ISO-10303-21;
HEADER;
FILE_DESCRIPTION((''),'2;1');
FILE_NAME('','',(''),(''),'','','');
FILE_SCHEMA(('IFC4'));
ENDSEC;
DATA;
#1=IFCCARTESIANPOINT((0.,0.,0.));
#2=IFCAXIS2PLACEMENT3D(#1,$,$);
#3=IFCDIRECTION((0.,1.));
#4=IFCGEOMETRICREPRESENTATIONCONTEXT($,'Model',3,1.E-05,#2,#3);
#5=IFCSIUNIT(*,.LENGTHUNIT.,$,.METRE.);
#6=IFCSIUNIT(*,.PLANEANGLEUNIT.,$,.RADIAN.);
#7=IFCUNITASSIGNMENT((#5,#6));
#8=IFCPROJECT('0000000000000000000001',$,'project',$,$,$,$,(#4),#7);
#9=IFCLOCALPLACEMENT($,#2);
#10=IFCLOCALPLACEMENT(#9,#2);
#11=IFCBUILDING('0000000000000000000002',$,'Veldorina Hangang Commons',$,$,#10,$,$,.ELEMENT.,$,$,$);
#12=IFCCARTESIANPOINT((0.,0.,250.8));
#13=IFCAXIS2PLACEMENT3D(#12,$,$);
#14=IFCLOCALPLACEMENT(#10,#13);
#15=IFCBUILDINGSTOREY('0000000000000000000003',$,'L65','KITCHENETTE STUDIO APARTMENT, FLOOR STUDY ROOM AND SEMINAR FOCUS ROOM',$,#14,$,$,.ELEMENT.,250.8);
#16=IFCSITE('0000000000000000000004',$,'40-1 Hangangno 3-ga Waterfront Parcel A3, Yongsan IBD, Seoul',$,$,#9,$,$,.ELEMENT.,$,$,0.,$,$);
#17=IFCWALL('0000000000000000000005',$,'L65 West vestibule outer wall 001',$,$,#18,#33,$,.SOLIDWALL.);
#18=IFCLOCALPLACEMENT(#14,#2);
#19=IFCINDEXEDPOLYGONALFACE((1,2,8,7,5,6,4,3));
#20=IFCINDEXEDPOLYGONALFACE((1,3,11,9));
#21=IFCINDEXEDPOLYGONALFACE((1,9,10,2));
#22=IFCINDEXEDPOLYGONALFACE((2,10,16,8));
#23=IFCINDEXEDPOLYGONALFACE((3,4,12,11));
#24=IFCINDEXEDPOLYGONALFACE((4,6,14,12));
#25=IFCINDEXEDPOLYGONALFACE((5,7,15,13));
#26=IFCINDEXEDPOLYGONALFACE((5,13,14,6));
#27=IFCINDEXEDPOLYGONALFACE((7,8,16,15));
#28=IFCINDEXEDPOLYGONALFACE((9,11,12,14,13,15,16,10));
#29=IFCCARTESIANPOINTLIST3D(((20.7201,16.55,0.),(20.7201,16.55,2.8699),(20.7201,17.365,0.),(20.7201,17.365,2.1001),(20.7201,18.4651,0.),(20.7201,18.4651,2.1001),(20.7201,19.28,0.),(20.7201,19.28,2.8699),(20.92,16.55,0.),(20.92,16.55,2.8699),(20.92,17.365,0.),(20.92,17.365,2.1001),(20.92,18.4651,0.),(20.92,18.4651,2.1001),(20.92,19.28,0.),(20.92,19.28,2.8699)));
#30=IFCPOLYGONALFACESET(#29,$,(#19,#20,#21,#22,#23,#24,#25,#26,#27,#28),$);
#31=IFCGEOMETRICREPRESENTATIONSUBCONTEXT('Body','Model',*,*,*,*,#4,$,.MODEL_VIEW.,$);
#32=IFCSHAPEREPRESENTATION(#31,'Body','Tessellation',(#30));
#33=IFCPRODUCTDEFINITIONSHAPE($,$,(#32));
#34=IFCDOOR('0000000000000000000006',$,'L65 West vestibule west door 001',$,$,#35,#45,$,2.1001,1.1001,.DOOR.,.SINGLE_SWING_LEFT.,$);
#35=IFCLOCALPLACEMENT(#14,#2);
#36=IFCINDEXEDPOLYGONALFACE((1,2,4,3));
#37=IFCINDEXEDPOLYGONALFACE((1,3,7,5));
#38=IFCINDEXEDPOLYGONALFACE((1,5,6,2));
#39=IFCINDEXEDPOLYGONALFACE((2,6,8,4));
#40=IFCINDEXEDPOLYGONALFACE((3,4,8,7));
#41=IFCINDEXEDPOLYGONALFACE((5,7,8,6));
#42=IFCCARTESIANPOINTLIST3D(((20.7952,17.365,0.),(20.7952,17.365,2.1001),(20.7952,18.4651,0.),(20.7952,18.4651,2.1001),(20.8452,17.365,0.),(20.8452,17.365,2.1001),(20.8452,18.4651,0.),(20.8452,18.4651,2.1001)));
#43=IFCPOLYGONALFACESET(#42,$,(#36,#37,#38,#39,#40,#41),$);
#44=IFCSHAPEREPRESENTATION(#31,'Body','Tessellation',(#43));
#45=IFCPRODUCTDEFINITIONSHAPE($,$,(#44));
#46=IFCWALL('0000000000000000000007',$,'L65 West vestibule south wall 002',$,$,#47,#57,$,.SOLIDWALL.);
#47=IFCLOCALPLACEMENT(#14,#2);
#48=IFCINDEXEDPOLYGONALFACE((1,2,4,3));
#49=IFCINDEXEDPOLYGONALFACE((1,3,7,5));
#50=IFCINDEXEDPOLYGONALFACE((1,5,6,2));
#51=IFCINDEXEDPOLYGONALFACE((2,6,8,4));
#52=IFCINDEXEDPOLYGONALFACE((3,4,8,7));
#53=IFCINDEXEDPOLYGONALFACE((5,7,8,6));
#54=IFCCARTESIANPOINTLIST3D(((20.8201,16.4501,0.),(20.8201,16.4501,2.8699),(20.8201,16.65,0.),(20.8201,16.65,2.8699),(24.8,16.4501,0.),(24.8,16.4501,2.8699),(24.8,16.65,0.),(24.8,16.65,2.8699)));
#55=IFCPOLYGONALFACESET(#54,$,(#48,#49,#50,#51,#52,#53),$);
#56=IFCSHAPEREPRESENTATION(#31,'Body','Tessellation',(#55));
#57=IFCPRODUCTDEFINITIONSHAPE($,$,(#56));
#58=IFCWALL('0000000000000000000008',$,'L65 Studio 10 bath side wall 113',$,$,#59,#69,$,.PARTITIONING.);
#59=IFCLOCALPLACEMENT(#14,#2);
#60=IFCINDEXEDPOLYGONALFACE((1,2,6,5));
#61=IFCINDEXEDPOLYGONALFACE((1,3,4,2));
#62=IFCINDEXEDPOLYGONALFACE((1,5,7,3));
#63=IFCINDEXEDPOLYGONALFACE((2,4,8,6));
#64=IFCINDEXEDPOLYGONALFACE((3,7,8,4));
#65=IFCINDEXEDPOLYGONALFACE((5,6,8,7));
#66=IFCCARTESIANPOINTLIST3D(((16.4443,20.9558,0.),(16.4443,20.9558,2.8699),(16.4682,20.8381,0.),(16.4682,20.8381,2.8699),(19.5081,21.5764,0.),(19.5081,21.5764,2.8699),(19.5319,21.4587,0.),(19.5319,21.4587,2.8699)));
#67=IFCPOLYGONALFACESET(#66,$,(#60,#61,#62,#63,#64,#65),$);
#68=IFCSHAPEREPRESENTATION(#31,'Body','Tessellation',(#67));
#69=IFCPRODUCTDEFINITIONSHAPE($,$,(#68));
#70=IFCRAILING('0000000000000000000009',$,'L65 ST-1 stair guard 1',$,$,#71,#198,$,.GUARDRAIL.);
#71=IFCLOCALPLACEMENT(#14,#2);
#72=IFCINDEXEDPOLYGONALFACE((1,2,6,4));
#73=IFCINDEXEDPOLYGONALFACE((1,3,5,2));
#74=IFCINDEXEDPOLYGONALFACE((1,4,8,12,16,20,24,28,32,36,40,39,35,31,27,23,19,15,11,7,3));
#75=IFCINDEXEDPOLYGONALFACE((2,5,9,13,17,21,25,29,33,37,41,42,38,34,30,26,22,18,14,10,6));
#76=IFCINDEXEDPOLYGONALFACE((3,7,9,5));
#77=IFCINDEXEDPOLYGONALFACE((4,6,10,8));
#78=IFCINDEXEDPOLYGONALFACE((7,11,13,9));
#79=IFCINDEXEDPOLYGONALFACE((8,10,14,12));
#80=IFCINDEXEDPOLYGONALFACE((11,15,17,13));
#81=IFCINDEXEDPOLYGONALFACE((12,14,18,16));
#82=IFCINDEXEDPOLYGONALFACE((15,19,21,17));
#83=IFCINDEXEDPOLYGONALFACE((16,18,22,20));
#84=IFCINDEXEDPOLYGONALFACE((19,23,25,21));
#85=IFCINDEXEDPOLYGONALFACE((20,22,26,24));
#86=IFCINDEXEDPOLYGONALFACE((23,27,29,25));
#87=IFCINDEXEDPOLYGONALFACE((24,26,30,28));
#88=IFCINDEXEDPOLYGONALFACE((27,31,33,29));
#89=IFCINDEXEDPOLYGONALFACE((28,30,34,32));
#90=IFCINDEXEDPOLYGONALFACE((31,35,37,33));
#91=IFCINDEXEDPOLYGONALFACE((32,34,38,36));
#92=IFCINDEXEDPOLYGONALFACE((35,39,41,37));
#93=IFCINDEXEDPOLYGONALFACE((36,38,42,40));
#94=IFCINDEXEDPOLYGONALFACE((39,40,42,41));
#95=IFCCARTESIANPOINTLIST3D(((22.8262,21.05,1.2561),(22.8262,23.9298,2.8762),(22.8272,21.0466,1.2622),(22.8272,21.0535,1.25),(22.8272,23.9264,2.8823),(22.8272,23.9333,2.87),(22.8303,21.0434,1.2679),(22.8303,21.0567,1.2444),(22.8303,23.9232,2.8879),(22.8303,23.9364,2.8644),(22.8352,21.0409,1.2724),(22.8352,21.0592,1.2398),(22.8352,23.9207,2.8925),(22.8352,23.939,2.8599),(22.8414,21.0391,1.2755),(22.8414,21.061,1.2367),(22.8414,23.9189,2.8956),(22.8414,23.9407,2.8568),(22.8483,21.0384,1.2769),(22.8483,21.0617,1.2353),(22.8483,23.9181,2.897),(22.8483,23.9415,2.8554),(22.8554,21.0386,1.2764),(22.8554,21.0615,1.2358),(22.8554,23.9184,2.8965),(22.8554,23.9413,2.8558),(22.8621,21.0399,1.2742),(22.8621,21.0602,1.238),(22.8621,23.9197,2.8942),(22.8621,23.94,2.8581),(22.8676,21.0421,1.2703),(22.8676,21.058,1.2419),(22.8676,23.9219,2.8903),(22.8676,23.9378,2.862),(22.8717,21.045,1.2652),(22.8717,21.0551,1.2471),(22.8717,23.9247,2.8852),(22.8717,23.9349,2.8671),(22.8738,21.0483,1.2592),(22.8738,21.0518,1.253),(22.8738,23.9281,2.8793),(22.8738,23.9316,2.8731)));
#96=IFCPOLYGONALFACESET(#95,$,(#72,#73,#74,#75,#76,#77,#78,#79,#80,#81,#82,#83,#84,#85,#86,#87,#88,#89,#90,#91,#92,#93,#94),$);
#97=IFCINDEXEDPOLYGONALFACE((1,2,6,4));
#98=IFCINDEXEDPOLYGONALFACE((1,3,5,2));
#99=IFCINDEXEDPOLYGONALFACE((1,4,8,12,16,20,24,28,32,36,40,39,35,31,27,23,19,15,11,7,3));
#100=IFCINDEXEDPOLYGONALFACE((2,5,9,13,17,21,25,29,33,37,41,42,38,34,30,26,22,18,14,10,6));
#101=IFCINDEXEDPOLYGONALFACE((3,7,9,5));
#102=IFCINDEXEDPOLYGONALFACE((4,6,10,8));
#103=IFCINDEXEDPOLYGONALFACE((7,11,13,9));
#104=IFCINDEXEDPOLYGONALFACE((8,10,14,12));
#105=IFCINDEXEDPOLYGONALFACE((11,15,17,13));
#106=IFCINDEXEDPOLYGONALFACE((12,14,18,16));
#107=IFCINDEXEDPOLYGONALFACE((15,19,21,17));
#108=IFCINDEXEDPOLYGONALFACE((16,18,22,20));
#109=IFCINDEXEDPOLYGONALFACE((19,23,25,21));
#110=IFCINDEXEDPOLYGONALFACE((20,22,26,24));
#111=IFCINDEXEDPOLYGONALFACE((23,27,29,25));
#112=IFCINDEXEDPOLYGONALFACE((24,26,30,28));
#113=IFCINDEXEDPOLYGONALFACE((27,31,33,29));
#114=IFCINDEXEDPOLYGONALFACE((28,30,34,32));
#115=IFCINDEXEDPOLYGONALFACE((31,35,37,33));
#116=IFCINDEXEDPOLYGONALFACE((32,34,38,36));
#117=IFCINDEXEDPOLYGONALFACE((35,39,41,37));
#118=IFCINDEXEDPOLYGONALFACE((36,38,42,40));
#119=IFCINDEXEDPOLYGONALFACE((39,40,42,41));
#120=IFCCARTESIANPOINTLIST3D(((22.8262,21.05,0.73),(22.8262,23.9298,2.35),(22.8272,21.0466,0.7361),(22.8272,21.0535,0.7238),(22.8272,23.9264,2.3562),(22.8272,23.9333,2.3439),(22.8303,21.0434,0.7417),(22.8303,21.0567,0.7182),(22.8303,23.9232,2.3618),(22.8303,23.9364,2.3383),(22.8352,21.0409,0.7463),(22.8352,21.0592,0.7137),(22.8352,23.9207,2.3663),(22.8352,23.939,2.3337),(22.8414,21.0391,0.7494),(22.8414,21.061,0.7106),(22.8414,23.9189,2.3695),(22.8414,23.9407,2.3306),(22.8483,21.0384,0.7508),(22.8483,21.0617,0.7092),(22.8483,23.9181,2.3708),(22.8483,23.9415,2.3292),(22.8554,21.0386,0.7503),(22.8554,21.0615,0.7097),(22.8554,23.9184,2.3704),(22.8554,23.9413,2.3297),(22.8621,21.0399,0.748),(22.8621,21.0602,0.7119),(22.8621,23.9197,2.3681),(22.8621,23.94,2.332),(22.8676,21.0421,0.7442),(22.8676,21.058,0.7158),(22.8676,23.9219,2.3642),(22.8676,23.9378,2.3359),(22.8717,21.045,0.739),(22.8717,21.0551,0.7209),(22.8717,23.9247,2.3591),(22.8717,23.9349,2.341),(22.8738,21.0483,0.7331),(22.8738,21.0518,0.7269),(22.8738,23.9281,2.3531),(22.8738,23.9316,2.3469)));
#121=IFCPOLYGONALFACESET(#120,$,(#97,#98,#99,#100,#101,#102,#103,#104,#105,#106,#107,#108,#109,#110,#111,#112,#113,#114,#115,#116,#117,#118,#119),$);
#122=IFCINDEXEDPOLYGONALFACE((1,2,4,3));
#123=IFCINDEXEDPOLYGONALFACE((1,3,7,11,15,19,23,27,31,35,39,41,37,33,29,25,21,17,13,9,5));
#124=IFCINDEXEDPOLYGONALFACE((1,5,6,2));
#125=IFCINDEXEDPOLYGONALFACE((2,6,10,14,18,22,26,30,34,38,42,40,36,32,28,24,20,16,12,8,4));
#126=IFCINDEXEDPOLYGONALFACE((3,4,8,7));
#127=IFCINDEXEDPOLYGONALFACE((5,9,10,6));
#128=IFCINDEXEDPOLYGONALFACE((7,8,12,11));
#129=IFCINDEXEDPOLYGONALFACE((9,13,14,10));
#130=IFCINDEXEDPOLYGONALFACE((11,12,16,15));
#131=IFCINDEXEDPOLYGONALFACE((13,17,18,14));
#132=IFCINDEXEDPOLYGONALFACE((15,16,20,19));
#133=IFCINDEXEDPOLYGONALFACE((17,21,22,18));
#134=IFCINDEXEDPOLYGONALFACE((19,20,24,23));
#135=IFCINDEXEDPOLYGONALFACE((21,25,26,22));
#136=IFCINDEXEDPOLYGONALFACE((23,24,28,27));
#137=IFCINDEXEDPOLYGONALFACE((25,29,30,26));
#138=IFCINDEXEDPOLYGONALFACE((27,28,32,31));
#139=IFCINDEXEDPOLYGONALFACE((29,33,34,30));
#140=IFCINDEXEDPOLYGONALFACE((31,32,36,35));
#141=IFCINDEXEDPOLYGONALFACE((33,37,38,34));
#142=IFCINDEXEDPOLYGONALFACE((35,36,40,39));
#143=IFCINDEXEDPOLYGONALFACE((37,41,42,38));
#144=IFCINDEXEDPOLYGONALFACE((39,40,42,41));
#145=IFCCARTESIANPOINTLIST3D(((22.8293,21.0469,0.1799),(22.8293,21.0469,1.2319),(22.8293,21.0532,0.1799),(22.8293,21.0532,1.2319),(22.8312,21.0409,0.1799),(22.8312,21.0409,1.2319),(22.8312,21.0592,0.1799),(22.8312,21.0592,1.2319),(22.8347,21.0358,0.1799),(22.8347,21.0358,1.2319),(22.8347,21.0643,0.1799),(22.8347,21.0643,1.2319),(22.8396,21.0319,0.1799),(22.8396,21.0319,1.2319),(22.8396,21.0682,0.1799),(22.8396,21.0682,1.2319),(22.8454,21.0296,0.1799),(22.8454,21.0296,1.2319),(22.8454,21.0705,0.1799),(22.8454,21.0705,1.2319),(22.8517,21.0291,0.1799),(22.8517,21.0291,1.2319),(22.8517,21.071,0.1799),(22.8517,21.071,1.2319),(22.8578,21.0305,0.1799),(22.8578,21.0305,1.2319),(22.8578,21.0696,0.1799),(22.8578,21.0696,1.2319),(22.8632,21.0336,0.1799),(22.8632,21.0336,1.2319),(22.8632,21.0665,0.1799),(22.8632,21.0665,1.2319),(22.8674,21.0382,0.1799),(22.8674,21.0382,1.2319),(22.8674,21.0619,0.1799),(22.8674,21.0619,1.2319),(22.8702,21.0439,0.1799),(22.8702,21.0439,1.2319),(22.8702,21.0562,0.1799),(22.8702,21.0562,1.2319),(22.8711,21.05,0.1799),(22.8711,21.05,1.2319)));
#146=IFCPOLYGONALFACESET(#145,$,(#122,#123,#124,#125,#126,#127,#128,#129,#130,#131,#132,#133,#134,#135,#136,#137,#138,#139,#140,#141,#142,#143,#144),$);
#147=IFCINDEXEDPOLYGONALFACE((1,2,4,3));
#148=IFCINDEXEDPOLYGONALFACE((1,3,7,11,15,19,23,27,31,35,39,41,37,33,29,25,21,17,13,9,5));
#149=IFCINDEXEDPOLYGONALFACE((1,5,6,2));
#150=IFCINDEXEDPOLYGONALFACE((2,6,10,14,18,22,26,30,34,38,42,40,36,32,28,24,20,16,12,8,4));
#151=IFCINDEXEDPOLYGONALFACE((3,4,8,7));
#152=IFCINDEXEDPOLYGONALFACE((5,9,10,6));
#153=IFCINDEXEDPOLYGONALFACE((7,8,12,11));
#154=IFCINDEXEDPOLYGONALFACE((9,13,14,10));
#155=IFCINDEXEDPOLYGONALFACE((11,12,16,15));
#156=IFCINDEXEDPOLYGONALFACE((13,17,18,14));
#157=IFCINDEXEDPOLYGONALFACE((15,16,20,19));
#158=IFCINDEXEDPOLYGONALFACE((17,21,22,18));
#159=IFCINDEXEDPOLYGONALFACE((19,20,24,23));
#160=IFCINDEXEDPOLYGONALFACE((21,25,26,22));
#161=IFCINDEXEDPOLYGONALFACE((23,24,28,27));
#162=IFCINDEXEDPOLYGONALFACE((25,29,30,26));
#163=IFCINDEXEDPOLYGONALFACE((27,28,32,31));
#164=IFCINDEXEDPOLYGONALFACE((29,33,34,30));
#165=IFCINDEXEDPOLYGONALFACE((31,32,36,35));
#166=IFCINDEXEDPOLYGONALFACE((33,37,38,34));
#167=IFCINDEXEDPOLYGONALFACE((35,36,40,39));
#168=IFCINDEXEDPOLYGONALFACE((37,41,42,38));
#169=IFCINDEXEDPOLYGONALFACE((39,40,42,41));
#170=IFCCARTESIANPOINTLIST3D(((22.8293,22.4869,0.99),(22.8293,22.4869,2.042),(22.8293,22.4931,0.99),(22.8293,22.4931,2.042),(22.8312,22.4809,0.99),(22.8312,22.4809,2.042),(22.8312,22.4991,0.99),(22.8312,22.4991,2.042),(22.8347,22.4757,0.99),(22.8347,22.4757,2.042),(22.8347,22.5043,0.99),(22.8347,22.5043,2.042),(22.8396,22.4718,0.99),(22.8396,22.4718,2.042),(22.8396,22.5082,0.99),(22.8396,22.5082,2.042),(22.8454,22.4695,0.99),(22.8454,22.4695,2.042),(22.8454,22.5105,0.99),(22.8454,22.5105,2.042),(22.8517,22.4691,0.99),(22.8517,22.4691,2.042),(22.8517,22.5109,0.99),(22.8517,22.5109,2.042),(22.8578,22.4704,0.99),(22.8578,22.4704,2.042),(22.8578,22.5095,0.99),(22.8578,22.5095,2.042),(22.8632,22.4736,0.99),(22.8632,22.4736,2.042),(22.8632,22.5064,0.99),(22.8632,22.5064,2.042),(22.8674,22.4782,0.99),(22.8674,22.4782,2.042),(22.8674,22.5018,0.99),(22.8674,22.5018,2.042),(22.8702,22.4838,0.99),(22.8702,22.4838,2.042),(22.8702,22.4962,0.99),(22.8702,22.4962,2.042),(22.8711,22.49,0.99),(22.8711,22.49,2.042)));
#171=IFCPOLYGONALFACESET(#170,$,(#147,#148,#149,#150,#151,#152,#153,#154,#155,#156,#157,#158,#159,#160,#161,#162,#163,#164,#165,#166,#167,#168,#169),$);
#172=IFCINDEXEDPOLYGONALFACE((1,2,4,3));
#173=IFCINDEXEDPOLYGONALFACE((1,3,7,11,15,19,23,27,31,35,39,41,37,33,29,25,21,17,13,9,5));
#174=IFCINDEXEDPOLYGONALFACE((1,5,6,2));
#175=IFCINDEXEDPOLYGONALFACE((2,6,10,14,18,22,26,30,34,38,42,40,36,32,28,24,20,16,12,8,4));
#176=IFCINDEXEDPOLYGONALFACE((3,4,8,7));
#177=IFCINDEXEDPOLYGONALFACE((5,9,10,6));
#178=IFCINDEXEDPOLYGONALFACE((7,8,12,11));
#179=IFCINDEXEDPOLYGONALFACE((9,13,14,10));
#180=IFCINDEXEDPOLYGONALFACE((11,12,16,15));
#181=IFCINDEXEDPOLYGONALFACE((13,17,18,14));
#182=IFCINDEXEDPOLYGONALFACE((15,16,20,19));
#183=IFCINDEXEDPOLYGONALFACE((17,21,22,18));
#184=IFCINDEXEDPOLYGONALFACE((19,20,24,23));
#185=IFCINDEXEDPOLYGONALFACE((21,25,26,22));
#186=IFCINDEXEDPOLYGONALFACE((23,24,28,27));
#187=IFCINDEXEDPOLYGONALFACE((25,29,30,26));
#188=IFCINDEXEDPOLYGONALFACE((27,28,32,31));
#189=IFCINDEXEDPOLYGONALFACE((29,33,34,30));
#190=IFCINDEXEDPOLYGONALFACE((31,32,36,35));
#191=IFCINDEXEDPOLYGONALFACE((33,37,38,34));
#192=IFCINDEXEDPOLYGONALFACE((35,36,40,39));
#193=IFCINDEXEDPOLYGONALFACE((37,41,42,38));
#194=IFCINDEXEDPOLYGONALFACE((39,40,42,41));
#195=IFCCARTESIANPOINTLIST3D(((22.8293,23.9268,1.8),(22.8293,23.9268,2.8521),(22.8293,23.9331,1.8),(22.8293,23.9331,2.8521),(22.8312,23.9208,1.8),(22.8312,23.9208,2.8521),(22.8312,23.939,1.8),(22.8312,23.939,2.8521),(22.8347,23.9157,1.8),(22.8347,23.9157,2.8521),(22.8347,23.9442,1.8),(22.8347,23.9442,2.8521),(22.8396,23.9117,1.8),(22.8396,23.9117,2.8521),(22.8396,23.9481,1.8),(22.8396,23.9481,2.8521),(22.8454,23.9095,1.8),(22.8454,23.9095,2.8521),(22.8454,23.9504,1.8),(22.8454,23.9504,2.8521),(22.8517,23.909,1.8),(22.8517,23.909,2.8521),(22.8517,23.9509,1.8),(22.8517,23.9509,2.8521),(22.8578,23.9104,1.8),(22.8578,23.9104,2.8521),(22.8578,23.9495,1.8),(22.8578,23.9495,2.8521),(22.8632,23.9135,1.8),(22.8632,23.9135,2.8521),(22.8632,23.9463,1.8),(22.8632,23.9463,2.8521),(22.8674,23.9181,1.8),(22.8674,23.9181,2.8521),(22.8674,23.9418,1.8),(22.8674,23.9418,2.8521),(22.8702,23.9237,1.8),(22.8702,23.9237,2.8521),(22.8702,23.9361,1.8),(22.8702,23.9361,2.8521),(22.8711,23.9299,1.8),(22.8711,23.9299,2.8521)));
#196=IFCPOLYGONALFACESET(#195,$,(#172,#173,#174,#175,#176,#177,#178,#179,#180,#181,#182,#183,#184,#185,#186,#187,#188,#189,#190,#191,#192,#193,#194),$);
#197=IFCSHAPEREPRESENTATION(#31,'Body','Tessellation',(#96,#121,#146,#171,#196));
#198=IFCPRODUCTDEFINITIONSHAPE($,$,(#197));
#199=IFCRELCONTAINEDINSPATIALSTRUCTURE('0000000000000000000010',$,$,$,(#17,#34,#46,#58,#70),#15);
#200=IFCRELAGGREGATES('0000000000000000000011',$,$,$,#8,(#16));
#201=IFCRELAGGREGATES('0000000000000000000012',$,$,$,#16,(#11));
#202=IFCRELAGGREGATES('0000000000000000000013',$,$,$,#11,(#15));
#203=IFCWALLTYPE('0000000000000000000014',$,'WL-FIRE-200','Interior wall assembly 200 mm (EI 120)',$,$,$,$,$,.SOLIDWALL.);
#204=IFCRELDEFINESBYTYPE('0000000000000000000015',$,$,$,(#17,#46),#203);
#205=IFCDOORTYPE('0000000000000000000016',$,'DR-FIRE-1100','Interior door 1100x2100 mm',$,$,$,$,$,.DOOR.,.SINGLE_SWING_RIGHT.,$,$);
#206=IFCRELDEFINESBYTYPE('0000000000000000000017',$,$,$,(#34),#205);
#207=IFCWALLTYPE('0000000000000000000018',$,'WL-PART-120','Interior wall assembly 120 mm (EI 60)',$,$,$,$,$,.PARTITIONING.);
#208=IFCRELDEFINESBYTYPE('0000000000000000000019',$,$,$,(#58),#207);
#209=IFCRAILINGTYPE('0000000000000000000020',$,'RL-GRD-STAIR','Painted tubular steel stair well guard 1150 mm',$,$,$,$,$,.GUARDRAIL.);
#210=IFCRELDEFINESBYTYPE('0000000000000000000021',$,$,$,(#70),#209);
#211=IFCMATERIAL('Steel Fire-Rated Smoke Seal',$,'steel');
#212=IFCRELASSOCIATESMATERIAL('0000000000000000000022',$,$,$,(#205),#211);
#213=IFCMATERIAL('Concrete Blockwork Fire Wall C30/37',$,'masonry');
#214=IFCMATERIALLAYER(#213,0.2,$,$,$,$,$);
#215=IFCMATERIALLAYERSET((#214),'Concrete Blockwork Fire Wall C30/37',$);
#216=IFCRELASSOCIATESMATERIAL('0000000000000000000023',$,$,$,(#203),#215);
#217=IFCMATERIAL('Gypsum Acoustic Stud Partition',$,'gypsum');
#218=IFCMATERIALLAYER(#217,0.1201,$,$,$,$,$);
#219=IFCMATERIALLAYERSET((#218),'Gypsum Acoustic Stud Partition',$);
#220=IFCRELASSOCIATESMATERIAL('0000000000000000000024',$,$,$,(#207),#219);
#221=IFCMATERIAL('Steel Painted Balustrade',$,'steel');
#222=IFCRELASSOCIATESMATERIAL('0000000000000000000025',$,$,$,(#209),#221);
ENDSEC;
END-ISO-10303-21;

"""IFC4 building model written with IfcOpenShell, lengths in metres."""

from ifc_helpers import new_model, si_unit, direction, frame, frame_2d, origin, origin_2d, place, context, subcontext, project, spatial, rectangle, circle, extrude, material, layer, layer_set, type_object, element, fill, save


model = new_model("IFC4")

# Units and contexts
model_context = context("Model", 3, precision=1e-05, world=origin(), true_north=direction((0.0, 1.0)))
body_context = subcontext(model_context, "Body", "Model", "MODEL_VIEW")
ifc_project = project(units=[si_unit("LENGTHUNIT", "METRE"), si_unit("PLANEANGLEUNIT", "RADIAN")], contexts=[model_context])

# Site, building, storey
site_placement = place(None, origin())
site = spatial("IfcSite", under=ifc_project, at=site_placement, Name="40-1 Hangangno 3-ga Waterfront Parcel A3, Yongsan IBD, Seoul", CompositionType="ELEMENT", RefElevation=0.0)
building_placement = place(site_placement, origin())
building = spatial("IfcBuilding", under=site, at=building_placement, Name="Veldorina Hangang Commons", CompositionType="ELEMENT")
storey_placement = place(building_placement, frame((0.0, 0.0, 250.8)))
storey = spatial("IfcBuildingStorey", under=building, at=storey_placement, Name="L65", Description="KITCHENETTE STUDIO APARTMENT, FLOOR STUDY ROOM AND SEMINAR FOCUS ROOM", CompositionType="ELEMENT", Elevation=250.8)

# Shared definitions
ifc_material_1 = material(Name="Steel Fire-Rated Smoke Seal", Category="steel")
door_type_1 = type_object("IfcDoorType", Name="DR-FIRE-1100", Description="Interior door 1100x2100 mm", OperationType="SINGLE_SWING_RIGHT", PredefinedType="DOOR", material=ifc_material_1)

# Wall, opening, door
ifc_material_2 = material(Name="Concrete Blockwork Fire Wall C30/37", Category="masonry")
ifc_layer_1 = layer(ifc_material_2, 0.2)
ifc_layer_set_1 = layer_set([ifc_layer_1], Name="Concrete Blockwork Fire Wall C30/37")
wall_type_1 = type_object("IfcWallType", Name="WL-FIRE-200", Description="Interior wall assembly 200 mm (EI 120)", PredefinedType="SOLIDWALL", material=ifc_layer_set_1)
wall_1_placement = place(storey_placement, frame((20.8201, 16.55, 0.0), z_axis=(0.0, 0.0, 1.0), x_axis=(0.0, 1.0, 0.0)))
wall_1 = element("IfcWall", 1, at=wall_1_placement, inside=storey, type_object=wall_type_1, Name="L65 West vestibule outer wall 001", PredefinedType="SOLIDWALL", context=body_context, shape_type="SweptSolid", body=[
    extrude(rectangle(XDim=2.73, YDim=0.2, at=frame_2d((1.365, 0.0))), origin(), (0.0, 0.0, 1.0), 2.8699),
])
opening_1_placement = place(wall_1_placement, frame((0.8149, 0.0, 0.0)))
opening_1 = element("IfcOpeningElement", 2, at=opening_1_placement, cuts=wall_1, PredefinedType="OPENING", context=body_context, shape_type="SweptSolid", body=[
    extrude(rectangle(XDim=1.1001, YDim=2.1001, at=frame_2d((0.55, 1.05))), frame((0.0, 0.1099, 0.0), z_axis=(0.0, -1.0, 0.0), x_axis=(1.0, 0.0, 0.0)), (0.0, 0.0, 1.0), 0.22),
])
door_1_placement = place(opening_1_placement, origin())
door_1 = element("IfcDoor", 3, at=door_1_placement, inside=storey, type_object=door_type_1, Name="L65 West vestibule west door 001", OperationType="SINGLE_SWING_LEFT", OverallHeight=2.1001, OverallWidth=1.1001, PredefinedType="DOOR", context=body_context, shape_type="SweptSolid", body=[
    extrude(rectangle(XDim=1.1001, YDim=2.1001, at=frame_2d((0.55, 1.05))), frame((0.0, 0.0249, 0.0), z_axis=(0.0, -1.0, 0.0), x_axis=(1.0, 0.0, 0.0)), (0.0, 0.0, 1.0), 0.05),
])
fill(opening_1, door_1)

# Walls
wall_2_placement = place(storey_placement, frame((20.8201, 16.55, 0.0), z_axis=(0.0, 0.0, 1.0), x_axis=(1.0, 0.0, 0.0)))
element("IfcWall", 4, at=wall_2_placement, inside=storey, type_object=wall_type_1, Name="L65 West vestibule south wall 002", PredefinedType="SOLIDWALL", context=body_context, shape_type="SweptSolid", body=[
    extrude(rectangle(XDim=3.98, YDim=0.2, at=frame_2d((1.99, 0.0))), origin(), (0.0, 0.0, 1.0), 2.8699),
])
ifc_material_3 = material(Name="Gypsum Acoustic Stud Partition", Category="gypsum")
ifc_layer_2 = layer(ifc_material_3, 0.1201)
ifc_layer_set_2 = layer_set([ifc_layer_2], Name="Gypsum Acoustic Stud Partition")
wall_type_2 = type_object("IfcWallType", Name="WL-PART-120", Description="Interior wall assembly 120 mm (EI 60)", PredefinedType="PARTITIONING", material=ifc_layer_set_2)
wall_3_placement = place(storey_placement, frame((19.52, 21.5176, 0.0), z_axis=(0.0, 0.0, 1.0), x_axis=(-0.980094, -0.198534, 0.0)))
element("IfcWall", 5, at=wall_3_placement, inside=storey, type_object=wall_type_2, Name="L65 Studio 10 bath side wall 113", PredefinedType="PARTITIONING", context=body_context, shape_type="SweptSolid", body=[
    extrude(rectangle(XDim=3.126, YDim=0.1201, at=frame_2d((1.563, 0.0))), origin(), (0.0, 0.0, 1.0), 2.8699),
])

# Railing
ifc_material_4 = material(Name="Steel Painted Balustrade", Category="steel")
railing_type_1 = type_object("IfcRailingType", Name="RL-GRD-STAIR", Description="Painted tubular steel stair well guard 1150 mm", PredefinedType="GUARDRAIL", material=ifc_material_4)
railing_1_placement = place(storey_placement, frame((22.8501, 21.05, 0.1799)))
element("IfcRailing", 6, at=railing_1_placement, inside=storey, type_object=railing_type_1, Name="L65 ST-1 stair guard 1", PredefinedType="GUARDRAIL", context=body_context, shape_type="SweptSolid", body=[
    extrude(circle(Radius=0.0239, at=origin_2d()), frame((0.0, 0.0, 1.0762), z_axis=(0.0, 0.871552, 0.490303), x_axis=(-1.0, 0.0, 0.0)), (0.0, 0.0, 1.0), 3.3042),
    extrude(circle(Radius=0.0239, at=origin_2d()), frame((0.0, 0.0, 0.55), z_axis=(0.0, 0.871552, 0.490303), x_axis=(-1.0, 0.0, 0.0)), (0.0, 0.0, 1.0), 3.3042),
    extrude(circle(Radius=0.021, at=origin_2d()), origin(), (0.0, 0.0, 1.0), 1.052),
    extrude(circle(Radius=0.021, at=origin_2d()), frame((0.0, 1.4399, 0.8101)), (0.0, 0.0, 1.0), 1.052),
    extrude(circle(Radius=0.021, at=origin_2d()), frame((0.0, 2.8799, 1.6201)), (0.0, 0.0, 1.0), 1.052),
])

save(model, "model.ifc")
